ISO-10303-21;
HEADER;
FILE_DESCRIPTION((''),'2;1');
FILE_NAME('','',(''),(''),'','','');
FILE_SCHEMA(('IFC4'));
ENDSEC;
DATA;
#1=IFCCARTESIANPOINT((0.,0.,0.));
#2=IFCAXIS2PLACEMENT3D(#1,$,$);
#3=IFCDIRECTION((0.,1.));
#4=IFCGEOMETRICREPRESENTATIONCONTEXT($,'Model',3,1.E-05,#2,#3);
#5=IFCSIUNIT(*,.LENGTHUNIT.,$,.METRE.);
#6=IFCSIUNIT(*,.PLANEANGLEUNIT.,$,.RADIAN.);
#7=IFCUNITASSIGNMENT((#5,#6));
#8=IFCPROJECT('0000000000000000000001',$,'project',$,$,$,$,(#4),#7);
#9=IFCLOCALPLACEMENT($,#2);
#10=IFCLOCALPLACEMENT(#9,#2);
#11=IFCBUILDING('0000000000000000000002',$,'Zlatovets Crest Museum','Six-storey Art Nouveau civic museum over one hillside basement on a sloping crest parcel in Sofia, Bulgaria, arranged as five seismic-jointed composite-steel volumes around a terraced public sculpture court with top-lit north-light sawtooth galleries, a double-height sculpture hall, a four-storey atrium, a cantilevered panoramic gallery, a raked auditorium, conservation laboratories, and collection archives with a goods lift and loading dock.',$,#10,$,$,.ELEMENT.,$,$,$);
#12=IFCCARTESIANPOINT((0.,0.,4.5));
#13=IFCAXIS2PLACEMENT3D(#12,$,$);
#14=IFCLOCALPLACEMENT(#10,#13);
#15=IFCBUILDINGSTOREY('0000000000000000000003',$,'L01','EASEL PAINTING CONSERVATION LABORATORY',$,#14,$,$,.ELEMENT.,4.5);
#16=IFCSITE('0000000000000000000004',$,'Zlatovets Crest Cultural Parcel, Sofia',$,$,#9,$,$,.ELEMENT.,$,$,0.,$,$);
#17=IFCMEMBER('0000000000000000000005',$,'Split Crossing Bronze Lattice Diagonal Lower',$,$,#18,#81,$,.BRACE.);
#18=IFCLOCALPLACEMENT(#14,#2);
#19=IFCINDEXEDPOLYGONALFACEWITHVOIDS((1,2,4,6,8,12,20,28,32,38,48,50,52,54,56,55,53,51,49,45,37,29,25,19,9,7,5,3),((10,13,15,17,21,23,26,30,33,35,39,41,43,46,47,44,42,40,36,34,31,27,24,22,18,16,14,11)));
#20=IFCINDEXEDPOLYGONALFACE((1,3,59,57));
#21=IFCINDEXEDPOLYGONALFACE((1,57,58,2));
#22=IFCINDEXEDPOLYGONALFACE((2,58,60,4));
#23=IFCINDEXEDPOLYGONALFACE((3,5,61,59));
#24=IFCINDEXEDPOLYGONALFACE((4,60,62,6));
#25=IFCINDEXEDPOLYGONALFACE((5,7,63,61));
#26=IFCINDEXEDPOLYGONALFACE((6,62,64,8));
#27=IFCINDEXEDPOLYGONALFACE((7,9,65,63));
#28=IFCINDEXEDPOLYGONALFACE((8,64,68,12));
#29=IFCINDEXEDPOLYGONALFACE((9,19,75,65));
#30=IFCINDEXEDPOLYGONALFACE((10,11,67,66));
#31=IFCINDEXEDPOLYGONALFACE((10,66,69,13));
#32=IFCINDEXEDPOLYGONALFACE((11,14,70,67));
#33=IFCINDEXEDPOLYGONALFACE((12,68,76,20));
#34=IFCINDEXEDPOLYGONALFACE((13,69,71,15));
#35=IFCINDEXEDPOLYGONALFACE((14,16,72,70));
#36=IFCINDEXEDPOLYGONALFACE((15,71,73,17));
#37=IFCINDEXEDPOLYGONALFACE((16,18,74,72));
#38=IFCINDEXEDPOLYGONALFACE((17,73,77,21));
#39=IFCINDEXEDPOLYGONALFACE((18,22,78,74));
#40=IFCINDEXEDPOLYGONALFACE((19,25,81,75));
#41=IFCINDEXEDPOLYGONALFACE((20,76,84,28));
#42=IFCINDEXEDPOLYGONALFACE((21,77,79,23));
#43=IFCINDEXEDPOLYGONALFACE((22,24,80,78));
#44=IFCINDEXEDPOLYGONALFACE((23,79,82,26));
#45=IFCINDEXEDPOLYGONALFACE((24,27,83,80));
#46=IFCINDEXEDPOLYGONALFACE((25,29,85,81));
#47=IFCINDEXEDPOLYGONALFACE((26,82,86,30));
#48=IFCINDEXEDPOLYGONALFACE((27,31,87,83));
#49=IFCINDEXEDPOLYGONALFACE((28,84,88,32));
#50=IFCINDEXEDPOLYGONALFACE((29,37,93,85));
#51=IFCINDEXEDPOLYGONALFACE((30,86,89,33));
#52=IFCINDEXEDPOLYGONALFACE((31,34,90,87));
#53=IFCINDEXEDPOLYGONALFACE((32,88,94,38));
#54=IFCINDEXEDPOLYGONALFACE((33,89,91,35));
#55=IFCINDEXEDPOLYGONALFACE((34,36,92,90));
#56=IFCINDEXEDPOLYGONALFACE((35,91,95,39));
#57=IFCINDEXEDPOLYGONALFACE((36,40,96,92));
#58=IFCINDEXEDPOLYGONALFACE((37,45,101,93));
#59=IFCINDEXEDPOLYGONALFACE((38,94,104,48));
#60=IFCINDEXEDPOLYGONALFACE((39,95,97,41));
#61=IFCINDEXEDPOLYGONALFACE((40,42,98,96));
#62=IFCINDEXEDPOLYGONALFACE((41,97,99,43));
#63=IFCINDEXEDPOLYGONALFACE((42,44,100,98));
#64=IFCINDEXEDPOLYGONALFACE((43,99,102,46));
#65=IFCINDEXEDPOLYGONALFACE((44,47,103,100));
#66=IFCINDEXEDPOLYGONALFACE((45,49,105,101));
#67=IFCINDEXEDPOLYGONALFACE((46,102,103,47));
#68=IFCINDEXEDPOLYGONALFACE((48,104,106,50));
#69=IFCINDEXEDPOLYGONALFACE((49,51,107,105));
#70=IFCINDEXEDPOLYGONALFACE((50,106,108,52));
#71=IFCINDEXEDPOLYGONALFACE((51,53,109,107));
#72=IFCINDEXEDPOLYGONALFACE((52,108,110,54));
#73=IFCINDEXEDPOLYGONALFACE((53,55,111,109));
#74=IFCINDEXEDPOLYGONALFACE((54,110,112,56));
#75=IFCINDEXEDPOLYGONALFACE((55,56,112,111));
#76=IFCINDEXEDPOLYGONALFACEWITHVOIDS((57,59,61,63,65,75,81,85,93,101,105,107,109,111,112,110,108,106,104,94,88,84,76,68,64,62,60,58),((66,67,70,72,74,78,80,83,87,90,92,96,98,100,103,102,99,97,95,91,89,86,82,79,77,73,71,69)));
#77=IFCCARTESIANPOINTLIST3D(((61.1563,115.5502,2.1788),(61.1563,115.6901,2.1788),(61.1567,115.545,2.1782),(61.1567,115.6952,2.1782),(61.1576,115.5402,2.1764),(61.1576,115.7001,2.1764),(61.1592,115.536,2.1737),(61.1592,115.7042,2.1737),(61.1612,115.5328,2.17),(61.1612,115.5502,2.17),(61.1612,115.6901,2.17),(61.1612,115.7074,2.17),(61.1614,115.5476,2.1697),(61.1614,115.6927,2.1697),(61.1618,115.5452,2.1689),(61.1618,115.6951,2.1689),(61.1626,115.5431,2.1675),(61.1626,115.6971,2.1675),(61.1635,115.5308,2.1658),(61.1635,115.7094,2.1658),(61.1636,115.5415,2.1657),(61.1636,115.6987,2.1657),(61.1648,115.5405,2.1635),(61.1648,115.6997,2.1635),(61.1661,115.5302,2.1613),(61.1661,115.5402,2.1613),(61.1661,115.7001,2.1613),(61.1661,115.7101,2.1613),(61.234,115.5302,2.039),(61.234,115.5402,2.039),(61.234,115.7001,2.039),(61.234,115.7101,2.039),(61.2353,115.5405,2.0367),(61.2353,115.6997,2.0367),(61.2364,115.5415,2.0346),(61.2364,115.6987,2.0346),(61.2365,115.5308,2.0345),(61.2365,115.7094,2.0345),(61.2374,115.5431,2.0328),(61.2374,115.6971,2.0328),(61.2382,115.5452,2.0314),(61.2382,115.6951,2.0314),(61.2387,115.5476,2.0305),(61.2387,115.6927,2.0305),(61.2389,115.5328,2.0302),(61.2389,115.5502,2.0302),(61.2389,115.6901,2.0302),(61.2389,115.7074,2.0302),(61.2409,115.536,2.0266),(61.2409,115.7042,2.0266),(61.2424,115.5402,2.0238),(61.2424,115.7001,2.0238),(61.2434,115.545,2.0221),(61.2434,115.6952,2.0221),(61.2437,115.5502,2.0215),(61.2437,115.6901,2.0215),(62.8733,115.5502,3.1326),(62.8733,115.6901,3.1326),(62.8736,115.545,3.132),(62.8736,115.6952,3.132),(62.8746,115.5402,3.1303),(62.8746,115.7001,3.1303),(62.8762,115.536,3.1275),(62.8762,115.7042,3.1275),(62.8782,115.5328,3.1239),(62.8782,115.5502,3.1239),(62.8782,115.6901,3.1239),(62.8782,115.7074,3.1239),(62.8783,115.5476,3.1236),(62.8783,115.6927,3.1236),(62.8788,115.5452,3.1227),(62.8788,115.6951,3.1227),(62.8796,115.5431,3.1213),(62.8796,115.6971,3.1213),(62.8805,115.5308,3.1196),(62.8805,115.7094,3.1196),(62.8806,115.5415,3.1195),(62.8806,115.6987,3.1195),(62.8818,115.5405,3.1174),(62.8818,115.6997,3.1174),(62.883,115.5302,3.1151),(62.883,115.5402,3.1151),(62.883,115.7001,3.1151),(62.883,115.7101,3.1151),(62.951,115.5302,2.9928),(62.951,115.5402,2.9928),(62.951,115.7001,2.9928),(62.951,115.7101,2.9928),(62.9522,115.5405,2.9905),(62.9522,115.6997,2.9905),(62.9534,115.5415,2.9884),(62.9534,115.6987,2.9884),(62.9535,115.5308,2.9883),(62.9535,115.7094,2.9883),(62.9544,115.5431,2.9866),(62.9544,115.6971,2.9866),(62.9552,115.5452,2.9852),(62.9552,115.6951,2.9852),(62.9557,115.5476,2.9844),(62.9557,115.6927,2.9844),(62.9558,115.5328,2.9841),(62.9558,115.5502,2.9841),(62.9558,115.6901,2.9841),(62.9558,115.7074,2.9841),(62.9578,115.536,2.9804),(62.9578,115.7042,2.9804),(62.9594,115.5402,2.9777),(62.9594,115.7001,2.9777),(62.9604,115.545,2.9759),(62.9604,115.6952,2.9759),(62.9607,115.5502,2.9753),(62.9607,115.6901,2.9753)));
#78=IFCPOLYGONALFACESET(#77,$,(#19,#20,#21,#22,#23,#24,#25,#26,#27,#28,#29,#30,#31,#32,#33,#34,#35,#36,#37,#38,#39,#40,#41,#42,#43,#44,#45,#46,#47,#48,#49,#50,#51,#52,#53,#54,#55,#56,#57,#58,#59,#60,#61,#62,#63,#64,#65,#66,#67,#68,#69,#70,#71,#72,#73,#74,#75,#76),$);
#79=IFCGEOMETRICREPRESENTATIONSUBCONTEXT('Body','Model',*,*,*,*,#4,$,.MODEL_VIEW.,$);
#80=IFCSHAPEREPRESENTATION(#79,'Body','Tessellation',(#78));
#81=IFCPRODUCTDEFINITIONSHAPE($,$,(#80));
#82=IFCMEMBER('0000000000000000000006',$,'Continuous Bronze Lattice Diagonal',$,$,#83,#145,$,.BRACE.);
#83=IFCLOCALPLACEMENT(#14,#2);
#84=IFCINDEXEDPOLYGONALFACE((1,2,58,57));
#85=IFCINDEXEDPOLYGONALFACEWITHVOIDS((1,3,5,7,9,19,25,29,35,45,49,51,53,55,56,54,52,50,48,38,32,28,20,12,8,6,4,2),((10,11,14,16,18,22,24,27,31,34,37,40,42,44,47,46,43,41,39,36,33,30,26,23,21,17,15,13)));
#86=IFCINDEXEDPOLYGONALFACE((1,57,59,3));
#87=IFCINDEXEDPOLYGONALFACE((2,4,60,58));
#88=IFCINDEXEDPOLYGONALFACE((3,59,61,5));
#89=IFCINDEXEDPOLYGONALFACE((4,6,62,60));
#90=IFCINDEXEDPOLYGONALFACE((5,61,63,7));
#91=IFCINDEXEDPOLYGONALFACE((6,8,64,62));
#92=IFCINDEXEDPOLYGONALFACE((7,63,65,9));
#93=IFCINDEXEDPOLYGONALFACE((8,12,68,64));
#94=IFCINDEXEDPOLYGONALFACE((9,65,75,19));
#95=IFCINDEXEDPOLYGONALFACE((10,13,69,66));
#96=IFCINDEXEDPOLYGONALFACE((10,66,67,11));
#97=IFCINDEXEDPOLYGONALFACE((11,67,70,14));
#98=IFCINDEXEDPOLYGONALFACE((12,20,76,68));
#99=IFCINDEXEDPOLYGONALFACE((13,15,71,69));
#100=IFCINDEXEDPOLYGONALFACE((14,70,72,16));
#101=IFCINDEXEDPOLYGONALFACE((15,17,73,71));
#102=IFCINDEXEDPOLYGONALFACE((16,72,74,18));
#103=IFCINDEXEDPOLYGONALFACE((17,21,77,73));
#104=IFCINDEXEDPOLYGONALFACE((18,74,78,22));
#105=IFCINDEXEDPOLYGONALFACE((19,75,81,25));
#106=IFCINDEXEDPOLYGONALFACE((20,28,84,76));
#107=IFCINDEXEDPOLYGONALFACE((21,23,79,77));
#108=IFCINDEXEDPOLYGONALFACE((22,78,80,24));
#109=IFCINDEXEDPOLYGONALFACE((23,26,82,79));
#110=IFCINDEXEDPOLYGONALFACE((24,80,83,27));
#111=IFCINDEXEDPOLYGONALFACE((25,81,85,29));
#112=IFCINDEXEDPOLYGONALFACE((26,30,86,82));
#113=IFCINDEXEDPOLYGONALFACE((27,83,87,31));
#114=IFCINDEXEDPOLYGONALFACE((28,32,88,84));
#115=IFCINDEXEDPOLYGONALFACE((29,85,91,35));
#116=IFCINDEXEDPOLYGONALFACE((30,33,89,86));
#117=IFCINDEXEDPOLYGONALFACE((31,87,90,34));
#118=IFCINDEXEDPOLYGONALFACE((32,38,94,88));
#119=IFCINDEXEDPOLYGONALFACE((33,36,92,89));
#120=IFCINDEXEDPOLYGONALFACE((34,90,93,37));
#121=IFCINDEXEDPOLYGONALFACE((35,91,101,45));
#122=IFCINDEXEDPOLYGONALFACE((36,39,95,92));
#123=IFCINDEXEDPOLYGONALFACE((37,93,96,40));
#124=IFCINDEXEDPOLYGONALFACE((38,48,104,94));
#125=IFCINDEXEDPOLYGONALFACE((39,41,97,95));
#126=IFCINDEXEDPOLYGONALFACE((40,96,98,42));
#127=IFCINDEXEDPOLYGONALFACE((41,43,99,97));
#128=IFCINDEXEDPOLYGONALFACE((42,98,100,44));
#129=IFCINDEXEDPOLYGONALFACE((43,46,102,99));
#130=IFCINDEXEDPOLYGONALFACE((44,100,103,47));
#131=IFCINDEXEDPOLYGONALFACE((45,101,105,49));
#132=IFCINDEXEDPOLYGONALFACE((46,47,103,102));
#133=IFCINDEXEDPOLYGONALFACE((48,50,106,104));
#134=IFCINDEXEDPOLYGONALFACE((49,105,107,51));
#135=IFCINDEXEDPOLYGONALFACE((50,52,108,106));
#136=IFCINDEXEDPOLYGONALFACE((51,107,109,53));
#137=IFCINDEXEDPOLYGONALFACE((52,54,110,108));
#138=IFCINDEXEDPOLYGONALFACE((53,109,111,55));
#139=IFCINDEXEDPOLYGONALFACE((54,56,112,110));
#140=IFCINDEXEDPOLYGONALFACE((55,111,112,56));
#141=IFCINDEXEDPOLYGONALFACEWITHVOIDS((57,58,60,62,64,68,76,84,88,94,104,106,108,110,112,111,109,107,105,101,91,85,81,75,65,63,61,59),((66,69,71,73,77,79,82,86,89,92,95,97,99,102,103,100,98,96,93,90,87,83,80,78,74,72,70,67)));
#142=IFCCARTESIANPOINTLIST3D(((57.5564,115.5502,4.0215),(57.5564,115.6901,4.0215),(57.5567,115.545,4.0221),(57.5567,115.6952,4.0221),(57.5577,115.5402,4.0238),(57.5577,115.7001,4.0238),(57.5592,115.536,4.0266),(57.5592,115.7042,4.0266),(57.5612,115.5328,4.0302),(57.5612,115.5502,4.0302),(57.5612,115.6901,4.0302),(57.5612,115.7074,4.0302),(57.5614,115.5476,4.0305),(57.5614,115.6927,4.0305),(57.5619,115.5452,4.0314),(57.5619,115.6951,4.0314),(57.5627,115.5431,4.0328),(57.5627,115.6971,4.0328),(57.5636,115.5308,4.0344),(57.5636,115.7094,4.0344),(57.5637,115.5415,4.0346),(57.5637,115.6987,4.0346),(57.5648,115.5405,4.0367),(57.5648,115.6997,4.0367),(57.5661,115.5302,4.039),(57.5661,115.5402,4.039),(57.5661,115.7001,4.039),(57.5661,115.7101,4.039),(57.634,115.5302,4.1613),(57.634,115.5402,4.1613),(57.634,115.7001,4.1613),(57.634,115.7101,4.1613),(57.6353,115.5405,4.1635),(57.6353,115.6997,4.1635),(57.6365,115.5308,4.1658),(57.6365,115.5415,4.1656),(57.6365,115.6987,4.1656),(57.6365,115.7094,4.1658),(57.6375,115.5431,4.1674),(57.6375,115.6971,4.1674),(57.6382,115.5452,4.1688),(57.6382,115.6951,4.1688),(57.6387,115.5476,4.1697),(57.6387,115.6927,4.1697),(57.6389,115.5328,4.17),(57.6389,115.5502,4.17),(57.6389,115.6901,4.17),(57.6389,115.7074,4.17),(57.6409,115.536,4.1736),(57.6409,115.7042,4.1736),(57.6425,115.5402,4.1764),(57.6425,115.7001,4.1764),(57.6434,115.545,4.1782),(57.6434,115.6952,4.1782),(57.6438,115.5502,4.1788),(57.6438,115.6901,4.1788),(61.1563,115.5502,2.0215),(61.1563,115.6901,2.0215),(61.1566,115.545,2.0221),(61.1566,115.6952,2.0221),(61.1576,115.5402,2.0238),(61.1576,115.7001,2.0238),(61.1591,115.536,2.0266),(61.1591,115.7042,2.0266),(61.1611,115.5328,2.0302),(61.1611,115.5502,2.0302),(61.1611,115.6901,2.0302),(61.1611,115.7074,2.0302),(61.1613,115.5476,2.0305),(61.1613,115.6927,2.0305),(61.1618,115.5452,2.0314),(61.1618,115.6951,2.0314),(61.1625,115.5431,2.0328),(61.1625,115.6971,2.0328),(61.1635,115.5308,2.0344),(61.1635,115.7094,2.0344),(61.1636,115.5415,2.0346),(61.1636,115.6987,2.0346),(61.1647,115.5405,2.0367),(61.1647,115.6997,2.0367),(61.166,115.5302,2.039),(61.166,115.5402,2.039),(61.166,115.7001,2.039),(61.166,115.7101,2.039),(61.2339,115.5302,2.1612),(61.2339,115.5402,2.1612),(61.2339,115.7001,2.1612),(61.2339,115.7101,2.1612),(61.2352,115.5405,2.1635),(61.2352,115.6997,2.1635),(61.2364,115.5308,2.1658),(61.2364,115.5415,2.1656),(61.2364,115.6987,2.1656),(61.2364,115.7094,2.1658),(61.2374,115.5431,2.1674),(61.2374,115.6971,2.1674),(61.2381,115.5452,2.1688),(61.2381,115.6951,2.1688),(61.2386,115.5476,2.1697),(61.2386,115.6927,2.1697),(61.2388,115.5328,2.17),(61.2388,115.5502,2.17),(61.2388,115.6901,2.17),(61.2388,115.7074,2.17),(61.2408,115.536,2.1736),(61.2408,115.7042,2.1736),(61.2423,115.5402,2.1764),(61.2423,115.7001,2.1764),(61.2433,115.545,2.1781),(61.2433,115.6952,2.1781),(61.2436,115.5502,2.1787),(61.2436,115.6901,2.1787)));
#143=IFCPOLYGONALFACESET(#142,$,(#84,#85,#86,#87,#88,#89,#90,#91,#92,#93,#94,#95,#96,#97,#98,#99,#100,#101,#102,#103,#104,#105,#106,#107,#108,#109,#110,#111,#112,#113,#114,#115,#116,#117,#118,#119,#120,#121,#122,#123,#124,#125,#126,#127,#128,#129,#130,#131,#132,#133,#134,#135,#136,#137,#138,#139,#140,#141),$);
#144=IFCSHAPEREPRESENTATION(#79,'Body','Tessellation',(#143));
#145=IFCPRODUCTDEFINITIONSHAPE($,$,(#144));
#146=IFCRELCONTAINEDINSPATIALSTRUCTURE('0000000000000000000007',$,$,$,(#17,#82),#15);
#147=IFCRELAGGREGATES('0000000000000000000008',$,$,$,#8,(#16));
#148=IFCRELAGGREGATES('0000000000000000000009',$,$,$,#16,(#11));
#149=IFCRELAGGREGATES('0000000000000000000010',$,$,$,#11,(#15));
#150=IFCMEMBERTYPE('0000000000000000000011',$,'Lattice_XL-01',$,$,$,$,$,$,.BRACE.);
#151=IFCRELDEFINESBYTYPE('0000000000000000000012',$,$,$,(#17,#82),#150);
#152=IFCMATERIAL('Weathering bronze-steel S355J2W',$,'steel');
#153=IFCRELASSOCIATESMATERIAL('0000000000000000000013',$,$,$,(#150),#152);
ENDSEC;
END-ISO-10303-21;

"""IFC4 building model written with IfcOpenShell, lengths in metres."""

from ifc_helpers import new_model, si_unit, direction, frame, origin, origin_2d, place, context, subcontext, project, spatial, hollow_rectangle, extrude, material, material_profile, profile_set, type_object, element, save


model = new_model("IFC4")

# Units and contexts
model_context = context("Model", 3, precision=1e-05, world=origin(), true_north=direction((0.0, 1.0)))
body_context = subcontext(model_context, "Body", "Model", "MODEL_VIEW")
ifc_project = project(units=[si_unit("LENGTHUNIT", "METRE"), si_unit("PLANEANGLEUNIT", "RADIAN")], contexts=[model_context])

# Site, building, storey
site_placement = place(None, origin())
site = spatial("IfcSite", under=ifc_project, at=site_placement, Name="Zlatovets Crest Cultural Parcel, Sofia", CompositionType="ELEMENT", RefElevation=0.0)
building_placement = place(site_placement, origin())
building = spatial("IfcBuilding", under=site, at=building_placement, Name="Zlatovets Crest Museum", Description="Six-storey Art Nouveau civic museum over one hillside basement on a sloping crest parcel in Sofia, Bulgaria, arranged as five seismic-jointed composite-steel volumes around a terraced public sculpture court with top-lit north-light sawtooth galleries, a double-height sculpture hall, a four-storey atrium, a cantilevered panoramic gallery, a raked auditorium, conservation laboratories, and collection archives with a goods lift and loading dock.", CompositionType="ELEMENT")
storey_placement = place(building_placement, frame((0.0, 0.0, 4.5)))
storey = spatial("IfcBuildingStorey", under=building, at=storey_placement, Name="L01", Description="EASEL PAINTING CONSERVATION LABORATORY", CompositionType="ELEMENT", Elevation=4.5)

# Members
ifc_material_1 = material(Name="Weathering bronze-steel S355J2W", Category="steel")
ifc_material_profile_1 = material_profile(ifc_material_1, hollow_rectangle(XDim=0.1799, YDim=0.1799, WallThickness=0.01, InnerFilletRadius=0.01, OuterFilletRadius=0.02, at=origin_2d()), Name="SHS 180x180x10.0")
ifc_profile_set_1 = profile_set([ifc_material_profile_1], Name="Weathering bronze-steel S355J2W")
member_type_1 = type_object("IfcMemberType", Name="Lattice_XL-01", PredefinedType="BRACE", material=ifc_profile_set_1)
member_1_placement = place(storey_placement, frame((62.917, 115.6201, 3.054), z_axis=(-0.874169, 0.0, -0.485622), x_axis=(0.0, -1.0, 0.0)))
element("IfcMember", 1, at=member_1_placement, inside=storey, type_object=member_type_1, Name="Split Crossing Bronze Lattice Diagonal Lower", PredefinedType="BRACE", context=body_context, shape_type="SweptSolid", body=[
    extrude(hollow_rectangle(XDim=0.1799, YDim=0.1799, WallThickness=0.01, InnerFilletRadius=0.01, OuterFilletRadius=0.02, at=origin_2d()), origin(), (0.0, 0.0, 1.0), 1.9641),
])
member_2_placement = place(storey_placement, frame((61.2, 115.6201, 2.1001), z_axis=(-0.874149, 0.0, 0.485658), x_axis=(0.0, -1.0, 0.0)))
element("IfcMember", 2, at=member_2_placement, inside=storey, type_object=member_type_1, Name="Continuous Bronze Lattice Diagonal", PredefinedType="BRACE", context=body_context, shape_type="SweptSolid", body=[
    extrude(hollow_rectangle(XDim=0.1799, YDim=0.1799, WallThickness=0.01, InnerFilletRadius=0.01, OuterFilletRadius=0.02, at=origin_2d()), origin(), (0.0, 0.0, 1.0), 4.1182),
])

save(model, "model.ifc")
